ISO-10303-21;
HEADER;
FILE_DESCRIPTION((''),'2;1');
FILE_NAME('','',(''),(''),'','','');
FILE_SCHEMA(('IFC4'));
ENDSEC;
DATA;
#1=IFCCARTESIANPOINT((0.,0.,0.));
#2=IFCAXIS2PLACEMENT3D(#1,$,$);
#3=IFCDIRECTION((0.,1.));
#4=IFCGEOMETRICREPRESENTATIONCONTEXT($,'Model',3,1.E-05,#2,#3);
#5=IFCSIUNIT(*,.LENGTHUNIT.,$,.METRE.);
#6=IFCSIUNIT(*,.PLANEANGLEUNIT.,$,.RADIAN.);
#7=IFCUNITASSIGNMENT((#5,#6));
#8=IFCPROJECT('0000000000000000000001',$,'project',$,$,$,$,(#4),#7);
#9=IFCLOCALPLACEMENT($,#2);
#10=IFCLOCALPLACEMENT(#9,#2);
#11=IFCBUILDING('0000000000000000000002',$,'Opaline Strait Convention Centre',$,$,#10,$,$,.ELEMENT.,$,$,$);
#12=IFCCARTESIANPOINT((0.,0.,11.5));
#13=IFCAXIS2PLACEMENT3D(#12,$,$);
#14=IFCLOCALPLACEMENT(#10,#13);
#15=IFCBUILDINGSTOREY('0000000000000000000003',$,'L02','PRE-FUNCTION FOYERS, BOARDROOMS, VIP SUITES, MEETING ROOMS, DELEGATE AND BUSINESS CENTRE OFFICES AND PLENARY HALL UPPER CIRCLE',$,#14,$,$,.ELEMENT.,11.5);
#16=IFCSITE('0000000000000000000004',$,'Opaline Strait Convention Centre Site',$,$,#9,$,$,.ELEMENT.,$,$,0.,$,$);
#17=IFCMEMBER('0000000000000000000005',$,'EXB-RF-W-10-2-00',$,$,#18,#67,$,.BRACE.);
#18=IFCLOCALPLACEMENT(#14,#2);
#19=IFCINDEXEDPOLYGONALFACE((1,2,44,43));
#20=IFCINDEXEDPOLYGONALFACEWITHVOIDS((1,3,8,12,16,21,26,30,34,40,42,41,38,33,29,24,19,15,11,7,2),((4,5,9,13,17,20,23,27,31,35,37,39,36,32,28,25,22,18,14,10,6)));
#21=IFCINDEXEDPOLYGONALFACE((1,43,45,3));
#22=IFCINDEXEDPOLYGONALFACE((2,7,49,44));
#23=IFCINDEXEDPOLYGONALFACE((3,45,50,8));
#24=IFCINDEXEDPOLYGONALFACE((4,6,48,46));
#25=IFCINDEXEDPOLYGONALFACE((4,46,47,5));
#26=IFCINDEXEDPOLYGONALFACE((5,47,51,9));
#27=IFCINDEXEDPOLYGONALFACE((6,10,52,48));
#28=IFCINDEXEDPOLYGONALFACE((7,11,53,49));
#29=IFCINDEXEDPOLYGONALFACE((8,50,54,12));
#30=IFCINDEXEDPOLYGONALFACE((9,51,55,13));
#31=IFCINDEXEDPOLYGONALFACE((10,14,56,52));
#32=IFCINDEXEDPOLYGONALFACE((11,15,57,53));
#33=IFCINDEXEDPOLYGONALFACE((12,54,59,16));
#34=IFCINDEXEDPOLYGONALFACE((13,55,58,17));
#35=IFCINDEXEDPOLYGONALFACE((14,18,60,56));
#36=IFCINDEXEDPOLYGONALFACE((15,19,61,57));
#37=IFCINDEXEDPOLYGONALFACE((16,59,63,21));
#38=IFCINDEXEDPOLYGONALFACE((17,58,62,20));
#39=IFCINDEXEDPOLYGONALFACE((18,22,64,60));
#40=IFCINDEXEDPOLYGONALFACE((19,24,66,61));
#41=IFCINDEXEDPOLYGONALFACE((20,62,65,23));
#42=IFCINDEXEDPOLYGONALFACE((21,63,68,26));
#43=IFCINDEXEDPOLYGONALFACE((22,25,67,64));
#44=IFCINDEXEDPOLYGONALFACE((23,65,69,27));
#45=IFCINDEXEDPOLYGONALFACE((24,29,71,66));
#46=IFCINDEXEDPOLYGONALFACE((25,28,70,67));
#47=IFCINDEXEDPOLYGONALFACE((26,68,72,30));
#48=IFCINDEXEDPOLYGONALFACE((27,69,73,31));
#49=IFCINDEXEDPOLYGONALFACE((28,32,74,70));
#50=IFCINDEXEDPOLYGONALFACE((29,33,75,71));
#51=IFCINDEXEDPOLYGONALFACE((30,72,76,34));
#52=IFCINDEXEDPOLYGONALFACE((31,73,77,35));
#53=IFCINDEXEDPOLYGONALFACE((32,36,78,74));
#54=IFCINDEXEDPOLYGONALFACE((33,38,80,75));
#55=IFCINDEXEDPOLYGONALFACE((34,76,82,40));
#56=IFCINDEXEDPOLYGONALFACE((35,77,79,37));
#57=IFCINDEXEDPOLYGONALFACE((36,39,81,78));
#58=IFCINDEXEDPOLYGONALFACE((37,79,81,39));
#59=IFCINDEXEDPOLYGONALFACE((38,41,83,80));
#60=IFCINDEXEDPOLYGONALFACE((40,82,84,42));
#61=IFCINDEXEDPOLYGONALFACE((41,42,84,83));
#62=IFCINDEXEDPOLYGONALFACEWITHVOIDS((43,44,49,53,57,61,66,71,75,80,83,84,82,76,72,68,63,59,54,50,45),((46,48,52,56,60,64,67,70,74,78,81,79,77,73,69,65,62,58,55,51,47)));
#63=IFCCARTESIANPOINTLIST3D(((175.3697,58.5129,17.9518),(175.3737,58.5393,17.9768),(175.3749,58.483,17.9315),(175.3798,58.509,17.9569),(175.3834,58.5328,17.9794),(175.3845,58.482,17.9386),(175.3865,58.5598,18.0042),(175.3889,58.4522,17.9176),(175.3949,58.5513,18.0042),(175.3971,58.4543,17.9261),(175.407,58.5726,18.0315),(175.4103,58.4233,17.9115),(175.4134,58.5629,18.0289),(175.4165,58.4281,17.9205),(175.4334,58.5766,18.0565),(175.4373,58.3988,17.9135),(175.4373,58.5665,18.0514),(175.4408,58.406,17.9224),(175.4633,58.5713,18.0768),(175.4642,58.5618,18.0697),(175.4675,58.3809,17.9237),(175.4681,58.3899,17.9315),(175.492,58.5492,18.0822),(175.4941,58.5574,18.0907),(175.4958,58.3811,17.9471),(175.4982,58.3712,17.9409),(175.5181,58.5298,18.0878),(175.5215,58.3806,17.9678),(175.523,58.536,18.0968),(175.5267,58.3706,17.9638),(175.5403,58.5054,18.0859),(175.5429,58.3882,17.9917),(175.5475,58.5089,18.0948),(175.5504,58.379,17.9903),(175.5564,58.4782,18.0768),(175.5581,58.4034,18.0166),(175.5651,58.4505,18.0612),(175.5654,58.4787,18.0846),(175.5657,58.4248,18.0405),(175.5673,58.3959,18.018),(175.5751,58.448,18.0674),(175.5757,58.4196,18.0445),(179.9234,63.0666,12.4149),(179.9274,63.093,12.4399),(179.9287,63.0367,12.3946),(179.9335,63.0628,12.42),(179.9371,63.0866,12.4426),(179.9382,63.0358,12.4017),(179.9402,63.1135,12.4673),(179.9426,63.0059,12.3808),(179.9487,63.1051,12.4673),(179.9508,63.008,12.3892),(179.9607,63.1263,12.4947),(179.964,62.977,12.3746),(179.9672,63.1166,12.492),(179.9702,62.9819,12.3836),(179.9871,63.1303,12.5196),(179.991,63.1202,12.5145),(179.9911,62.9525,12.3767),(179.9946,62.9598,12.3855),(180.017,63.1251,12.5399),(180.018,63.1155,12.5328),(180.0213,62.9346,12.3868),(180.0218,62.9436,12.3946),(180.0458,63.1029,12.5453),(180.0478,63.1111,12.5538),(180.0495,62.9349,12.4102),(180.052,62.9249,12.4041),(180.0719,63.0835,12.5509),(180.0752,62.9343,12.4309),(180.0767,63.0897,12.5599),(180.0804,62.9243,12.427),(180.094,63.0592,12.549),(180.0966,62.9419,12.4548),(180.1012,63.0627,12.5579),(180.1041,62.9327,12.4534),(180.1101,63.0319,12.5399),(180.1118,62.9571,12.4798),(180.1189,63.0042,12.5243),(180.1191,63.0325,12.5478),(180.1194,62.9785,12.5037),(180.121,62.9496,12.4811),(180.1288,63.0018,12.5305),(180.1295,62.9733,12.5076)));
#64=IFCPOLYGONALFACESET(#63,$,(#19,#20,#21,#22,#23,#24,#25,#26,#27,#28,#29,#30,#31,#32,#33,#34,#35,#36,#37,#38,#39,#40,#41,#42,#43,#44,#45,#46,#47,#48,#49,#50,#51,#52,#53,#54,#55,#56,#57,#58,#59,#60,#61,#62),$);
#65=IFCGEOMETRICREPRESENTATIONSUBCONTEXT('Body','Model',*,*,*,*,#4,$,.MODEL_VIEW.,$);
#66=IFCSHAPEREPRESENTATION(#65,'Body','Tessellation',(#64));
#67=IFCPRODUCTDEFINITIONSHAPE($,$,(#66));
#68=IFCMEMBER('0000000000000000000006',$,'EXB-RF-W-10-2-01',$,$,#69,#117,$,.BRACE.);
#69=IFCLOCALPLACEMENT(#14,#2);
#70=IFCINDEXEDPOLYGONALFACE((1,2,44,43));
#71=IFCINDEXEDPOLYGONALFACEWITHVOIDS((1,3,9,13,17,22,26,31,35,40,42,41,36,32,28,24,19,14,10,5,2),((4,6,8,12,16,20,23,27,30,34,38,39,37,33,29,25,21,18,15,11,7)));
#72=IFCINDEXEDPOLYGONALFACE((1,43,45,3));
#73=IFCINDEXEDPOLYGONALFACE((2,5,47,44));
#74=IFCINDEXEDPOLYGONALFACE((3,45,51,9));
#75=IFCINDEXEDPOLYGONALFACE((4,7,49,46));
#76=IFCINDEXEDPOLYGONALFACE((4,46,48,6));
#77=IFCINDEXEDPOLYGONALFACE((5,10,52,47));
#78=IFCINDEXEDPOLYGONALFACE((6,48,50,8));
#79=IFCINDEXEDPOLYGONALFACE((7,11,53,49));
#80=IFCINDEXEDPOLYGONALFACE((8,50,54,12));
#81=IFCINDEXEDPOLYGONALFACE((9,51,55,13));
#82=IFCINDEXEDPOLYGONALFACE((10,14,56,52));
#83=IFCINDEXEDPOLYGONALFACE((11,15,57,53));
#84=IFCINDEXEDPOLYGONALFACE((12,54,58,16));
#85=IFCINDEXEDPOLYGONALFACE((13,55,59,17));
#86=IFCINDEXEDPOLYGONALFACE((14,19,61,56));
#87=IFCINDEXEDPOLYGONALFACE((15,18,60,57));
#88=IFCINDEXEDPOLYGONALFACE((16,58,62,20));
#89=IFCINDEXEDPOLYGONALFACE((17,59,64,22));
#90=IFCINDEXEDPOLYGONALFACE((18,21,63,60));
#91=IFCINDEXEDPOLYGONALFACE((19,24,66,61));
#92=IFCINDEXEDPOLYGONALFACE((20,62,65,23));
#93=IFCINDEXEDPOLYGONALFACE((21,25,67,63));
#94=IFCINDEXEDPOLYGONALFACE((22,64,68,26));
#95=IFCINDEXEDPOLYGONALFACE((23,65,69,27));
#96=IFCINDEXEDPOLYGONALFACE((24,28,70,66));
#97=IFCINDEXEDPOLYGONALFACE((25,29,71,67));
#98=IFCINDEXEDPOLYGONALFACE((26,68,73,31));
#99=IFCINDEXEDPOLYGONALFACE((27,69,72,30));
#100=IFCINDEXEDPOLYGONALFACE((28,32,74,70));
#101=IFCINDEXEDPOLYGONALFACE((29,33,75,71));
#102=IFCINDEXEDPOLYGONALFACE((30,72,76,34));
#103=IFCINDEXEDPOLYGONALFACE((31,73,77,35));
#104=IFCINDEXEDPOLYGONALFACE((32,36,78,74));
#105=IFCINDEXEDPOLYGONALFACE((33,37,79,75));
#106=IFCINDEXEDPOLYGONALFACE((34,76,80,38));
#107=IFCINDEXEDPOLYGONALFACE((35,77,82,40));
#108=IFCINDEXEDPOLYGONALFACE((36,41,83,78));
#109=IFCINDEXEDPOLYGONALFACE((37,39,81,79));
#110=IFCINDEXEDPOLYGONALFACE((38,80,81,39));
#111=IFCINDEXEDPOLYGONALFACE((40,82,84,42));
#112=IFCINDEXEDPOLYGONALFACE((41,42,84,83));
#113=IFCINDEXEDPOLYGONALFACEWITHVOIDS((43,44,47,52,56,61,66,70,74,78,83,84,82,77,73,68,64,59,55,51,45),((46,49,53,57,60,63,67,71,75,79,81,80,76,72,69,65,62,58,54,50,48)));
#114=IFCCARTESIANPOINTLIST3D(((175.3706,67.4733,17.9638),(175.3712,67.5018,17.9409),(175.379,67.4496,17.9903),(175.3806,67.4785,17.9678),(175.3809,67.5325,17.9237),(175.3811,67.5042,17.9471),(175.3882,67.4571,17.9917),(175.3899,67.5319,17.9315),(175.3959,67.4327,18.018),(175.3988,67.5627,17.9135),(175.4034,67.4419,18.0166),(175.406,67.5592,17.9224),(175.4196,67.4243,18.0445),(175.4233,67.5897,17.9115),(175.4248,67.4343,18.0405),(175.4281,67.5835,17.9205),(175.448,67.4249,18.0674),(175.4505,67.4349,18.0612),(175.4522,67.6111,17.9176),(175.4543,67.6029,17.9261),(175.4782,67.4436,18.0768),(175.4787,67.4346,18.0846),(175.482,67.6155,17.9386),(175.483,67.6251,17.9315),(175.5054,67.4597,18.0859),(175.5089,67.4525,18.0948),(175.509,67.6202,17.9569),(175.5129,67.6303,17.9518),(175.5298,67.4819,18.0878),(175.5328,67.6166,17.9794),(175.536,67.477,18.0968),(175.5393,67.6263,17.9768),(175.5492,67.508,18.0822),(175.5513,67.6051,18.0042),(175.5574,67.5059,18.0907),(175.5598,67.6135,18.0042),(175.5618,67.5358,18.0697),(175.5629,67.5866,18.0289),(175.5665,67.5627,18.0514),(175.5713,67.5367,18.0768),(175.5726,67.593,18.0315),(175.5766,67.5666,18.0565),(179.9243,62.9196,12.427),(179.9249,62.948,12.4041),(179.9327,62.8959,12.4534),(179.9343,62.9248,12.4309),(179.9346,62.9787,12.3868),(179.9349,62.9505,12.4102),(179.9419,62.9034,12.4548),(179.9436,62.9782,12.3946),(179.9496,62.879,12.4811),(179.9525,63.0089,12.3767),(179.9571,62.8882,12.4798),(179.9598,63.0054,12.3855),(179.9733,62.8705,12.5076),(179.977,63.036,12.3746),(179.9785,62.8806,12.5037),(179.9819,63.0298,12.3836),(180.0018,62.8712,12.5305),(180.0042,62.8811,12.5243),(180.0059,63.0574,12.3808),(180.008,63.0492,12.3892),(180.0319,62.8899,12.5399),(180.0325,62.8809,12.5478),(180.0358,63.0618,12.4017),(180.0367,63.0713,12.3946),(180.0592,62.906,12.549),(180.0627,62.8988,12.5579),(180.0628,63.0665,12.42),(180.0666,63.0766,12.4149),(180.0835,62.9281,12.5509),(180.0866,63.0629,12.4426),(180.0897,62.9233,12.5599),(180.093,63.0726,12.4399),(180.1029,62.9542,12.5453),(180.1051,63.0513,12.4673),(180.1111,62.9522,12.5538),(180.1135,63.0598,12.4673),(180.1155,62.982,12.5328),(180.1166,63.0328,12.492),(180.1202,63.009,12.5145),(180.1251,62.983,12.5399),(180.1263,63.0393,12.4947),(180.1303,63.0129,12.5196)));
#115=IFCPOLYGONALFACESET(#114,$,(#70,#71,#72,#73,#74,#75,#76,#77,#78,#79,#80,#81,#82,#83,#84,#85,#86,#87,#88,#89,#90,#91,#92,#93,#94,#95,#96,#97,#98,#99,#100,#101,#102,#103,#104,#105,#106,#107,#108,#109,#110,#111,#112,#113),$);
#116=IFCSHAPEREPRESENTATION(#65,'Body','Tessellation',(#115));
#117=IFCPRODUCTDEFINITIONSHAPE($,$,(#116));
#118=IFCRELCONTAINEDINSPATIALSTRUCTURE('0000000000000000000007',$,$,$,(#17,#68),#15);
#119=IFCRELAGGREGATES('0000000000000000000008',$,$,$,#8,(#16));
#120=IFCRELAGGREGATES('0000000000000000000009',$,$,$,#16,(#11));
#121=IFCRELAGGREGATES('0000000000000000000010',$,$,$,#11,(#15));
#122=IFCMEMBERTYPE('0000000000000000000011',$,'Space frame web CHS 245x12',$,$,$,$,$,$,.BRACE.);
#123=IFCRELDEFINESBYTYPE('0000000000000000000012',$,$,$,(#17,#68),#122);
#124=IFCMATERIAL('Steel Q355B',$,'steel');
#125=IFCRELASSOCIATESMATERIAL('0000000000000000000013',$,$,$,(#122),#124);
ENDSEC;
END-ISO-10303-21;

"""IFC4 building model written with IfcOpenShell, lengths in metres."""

from ifc_helpers import new_model, si_unit, direction, frame, origin, origin_2d, place, context, subcontext, project, spatial, hollow_circle, extrude, material, material_profile, profile_set, type_object, element, save


model = new_model("IFC4")

# Units and contexts
model_context = context("Model", 3, precision=1e-05, world=origin(), true_north=direction((0.0, 1.0)))
body_context = subcontext(model_context, "Body", "Model", "MODEL_VIEW")
ifc_project = project(units=[si_unit("LENGTHUNIT", "METRE"), si_unit("PLANEANGLEUNIT", "RADIAN")], contexts=[model_context])

# Site, building, storey
site_placement = place(None, origin())
site = spatial("IfcSite", under=ifc_project, at=site_placement, Name="Opaline Strait Convention Centre Site", CompositionType="ELEMENT", RefElevation=0.0)
building_placement = place(site_placement, origin())
building = spatial("IfcBuilding", under=site, at=building_placement, Name="Opaline Strait Convention Centre", CompositionType="ELEMENT")
storey_placement = place(building_placement, frame((0.0, 0.0, 11.5)))
storey = spatial("IfcBuildingStorey", under=building, at=storey_placement, Name="L02", Description="PRE-FUNCTION FOYERS, BOARDROOMS, VIP SUITES, MEETING ROOMS, DELEGATE AND BUSINESS CENTRE OFFICES AND PLENARY HALL UPPER CIRCLE", CompositionType="ELEMENT", Elevation=11.5)

# Members
ifc_material = material(Name="Steel Q355B", Category="steel")
ifc_material_profile_1 = material_profile(ifc_material, hollow_circle(Radius=0.1226, WallThickness=0.012, at=origin_2d()), Name="CHS 245x12")
ifc_profile_set_1 = profile_set([ifc_material_profile_1], Name="Steel Q355B")
member_type_1 = type_object("IfcMemberType", Name="Space frame web CHS 245x12", PredefinedType="BRACE", material=ifc_profile_set_1)
for number, where, z_axis, x_axis, name in (
    (1, (175.4731, 58.4731, 18.0042), (0.536178, 0.536178, -0.65194), (-0.707107, 0.707107, 0.0), "EXB-RF-W-10-2-00"),
    (2, (175.4731, 67.5269, 18.0042), (0.536178, -0.536178, -0.65194), (0.707107, 0.707107, 0.0), "EXB-RF-W-10-2-01"),
):
    element("IfcMember", number, at=place(storey_placement, frame(where, z_axis=z_axis, x_axis=x_axis)), inside=storey, type_object=member_type_1, Name=name, PredefinedType="BRACE", context=body_context, shape_type="SweptSolid", body=[
        extrude(hollow_circle(Radius=0.1226, WallThickness=0.012, at=origin_2d()), origin(), (0.0, 0.0, 1.0), 8.4929),
    ])

save(model, "model.ifc")
